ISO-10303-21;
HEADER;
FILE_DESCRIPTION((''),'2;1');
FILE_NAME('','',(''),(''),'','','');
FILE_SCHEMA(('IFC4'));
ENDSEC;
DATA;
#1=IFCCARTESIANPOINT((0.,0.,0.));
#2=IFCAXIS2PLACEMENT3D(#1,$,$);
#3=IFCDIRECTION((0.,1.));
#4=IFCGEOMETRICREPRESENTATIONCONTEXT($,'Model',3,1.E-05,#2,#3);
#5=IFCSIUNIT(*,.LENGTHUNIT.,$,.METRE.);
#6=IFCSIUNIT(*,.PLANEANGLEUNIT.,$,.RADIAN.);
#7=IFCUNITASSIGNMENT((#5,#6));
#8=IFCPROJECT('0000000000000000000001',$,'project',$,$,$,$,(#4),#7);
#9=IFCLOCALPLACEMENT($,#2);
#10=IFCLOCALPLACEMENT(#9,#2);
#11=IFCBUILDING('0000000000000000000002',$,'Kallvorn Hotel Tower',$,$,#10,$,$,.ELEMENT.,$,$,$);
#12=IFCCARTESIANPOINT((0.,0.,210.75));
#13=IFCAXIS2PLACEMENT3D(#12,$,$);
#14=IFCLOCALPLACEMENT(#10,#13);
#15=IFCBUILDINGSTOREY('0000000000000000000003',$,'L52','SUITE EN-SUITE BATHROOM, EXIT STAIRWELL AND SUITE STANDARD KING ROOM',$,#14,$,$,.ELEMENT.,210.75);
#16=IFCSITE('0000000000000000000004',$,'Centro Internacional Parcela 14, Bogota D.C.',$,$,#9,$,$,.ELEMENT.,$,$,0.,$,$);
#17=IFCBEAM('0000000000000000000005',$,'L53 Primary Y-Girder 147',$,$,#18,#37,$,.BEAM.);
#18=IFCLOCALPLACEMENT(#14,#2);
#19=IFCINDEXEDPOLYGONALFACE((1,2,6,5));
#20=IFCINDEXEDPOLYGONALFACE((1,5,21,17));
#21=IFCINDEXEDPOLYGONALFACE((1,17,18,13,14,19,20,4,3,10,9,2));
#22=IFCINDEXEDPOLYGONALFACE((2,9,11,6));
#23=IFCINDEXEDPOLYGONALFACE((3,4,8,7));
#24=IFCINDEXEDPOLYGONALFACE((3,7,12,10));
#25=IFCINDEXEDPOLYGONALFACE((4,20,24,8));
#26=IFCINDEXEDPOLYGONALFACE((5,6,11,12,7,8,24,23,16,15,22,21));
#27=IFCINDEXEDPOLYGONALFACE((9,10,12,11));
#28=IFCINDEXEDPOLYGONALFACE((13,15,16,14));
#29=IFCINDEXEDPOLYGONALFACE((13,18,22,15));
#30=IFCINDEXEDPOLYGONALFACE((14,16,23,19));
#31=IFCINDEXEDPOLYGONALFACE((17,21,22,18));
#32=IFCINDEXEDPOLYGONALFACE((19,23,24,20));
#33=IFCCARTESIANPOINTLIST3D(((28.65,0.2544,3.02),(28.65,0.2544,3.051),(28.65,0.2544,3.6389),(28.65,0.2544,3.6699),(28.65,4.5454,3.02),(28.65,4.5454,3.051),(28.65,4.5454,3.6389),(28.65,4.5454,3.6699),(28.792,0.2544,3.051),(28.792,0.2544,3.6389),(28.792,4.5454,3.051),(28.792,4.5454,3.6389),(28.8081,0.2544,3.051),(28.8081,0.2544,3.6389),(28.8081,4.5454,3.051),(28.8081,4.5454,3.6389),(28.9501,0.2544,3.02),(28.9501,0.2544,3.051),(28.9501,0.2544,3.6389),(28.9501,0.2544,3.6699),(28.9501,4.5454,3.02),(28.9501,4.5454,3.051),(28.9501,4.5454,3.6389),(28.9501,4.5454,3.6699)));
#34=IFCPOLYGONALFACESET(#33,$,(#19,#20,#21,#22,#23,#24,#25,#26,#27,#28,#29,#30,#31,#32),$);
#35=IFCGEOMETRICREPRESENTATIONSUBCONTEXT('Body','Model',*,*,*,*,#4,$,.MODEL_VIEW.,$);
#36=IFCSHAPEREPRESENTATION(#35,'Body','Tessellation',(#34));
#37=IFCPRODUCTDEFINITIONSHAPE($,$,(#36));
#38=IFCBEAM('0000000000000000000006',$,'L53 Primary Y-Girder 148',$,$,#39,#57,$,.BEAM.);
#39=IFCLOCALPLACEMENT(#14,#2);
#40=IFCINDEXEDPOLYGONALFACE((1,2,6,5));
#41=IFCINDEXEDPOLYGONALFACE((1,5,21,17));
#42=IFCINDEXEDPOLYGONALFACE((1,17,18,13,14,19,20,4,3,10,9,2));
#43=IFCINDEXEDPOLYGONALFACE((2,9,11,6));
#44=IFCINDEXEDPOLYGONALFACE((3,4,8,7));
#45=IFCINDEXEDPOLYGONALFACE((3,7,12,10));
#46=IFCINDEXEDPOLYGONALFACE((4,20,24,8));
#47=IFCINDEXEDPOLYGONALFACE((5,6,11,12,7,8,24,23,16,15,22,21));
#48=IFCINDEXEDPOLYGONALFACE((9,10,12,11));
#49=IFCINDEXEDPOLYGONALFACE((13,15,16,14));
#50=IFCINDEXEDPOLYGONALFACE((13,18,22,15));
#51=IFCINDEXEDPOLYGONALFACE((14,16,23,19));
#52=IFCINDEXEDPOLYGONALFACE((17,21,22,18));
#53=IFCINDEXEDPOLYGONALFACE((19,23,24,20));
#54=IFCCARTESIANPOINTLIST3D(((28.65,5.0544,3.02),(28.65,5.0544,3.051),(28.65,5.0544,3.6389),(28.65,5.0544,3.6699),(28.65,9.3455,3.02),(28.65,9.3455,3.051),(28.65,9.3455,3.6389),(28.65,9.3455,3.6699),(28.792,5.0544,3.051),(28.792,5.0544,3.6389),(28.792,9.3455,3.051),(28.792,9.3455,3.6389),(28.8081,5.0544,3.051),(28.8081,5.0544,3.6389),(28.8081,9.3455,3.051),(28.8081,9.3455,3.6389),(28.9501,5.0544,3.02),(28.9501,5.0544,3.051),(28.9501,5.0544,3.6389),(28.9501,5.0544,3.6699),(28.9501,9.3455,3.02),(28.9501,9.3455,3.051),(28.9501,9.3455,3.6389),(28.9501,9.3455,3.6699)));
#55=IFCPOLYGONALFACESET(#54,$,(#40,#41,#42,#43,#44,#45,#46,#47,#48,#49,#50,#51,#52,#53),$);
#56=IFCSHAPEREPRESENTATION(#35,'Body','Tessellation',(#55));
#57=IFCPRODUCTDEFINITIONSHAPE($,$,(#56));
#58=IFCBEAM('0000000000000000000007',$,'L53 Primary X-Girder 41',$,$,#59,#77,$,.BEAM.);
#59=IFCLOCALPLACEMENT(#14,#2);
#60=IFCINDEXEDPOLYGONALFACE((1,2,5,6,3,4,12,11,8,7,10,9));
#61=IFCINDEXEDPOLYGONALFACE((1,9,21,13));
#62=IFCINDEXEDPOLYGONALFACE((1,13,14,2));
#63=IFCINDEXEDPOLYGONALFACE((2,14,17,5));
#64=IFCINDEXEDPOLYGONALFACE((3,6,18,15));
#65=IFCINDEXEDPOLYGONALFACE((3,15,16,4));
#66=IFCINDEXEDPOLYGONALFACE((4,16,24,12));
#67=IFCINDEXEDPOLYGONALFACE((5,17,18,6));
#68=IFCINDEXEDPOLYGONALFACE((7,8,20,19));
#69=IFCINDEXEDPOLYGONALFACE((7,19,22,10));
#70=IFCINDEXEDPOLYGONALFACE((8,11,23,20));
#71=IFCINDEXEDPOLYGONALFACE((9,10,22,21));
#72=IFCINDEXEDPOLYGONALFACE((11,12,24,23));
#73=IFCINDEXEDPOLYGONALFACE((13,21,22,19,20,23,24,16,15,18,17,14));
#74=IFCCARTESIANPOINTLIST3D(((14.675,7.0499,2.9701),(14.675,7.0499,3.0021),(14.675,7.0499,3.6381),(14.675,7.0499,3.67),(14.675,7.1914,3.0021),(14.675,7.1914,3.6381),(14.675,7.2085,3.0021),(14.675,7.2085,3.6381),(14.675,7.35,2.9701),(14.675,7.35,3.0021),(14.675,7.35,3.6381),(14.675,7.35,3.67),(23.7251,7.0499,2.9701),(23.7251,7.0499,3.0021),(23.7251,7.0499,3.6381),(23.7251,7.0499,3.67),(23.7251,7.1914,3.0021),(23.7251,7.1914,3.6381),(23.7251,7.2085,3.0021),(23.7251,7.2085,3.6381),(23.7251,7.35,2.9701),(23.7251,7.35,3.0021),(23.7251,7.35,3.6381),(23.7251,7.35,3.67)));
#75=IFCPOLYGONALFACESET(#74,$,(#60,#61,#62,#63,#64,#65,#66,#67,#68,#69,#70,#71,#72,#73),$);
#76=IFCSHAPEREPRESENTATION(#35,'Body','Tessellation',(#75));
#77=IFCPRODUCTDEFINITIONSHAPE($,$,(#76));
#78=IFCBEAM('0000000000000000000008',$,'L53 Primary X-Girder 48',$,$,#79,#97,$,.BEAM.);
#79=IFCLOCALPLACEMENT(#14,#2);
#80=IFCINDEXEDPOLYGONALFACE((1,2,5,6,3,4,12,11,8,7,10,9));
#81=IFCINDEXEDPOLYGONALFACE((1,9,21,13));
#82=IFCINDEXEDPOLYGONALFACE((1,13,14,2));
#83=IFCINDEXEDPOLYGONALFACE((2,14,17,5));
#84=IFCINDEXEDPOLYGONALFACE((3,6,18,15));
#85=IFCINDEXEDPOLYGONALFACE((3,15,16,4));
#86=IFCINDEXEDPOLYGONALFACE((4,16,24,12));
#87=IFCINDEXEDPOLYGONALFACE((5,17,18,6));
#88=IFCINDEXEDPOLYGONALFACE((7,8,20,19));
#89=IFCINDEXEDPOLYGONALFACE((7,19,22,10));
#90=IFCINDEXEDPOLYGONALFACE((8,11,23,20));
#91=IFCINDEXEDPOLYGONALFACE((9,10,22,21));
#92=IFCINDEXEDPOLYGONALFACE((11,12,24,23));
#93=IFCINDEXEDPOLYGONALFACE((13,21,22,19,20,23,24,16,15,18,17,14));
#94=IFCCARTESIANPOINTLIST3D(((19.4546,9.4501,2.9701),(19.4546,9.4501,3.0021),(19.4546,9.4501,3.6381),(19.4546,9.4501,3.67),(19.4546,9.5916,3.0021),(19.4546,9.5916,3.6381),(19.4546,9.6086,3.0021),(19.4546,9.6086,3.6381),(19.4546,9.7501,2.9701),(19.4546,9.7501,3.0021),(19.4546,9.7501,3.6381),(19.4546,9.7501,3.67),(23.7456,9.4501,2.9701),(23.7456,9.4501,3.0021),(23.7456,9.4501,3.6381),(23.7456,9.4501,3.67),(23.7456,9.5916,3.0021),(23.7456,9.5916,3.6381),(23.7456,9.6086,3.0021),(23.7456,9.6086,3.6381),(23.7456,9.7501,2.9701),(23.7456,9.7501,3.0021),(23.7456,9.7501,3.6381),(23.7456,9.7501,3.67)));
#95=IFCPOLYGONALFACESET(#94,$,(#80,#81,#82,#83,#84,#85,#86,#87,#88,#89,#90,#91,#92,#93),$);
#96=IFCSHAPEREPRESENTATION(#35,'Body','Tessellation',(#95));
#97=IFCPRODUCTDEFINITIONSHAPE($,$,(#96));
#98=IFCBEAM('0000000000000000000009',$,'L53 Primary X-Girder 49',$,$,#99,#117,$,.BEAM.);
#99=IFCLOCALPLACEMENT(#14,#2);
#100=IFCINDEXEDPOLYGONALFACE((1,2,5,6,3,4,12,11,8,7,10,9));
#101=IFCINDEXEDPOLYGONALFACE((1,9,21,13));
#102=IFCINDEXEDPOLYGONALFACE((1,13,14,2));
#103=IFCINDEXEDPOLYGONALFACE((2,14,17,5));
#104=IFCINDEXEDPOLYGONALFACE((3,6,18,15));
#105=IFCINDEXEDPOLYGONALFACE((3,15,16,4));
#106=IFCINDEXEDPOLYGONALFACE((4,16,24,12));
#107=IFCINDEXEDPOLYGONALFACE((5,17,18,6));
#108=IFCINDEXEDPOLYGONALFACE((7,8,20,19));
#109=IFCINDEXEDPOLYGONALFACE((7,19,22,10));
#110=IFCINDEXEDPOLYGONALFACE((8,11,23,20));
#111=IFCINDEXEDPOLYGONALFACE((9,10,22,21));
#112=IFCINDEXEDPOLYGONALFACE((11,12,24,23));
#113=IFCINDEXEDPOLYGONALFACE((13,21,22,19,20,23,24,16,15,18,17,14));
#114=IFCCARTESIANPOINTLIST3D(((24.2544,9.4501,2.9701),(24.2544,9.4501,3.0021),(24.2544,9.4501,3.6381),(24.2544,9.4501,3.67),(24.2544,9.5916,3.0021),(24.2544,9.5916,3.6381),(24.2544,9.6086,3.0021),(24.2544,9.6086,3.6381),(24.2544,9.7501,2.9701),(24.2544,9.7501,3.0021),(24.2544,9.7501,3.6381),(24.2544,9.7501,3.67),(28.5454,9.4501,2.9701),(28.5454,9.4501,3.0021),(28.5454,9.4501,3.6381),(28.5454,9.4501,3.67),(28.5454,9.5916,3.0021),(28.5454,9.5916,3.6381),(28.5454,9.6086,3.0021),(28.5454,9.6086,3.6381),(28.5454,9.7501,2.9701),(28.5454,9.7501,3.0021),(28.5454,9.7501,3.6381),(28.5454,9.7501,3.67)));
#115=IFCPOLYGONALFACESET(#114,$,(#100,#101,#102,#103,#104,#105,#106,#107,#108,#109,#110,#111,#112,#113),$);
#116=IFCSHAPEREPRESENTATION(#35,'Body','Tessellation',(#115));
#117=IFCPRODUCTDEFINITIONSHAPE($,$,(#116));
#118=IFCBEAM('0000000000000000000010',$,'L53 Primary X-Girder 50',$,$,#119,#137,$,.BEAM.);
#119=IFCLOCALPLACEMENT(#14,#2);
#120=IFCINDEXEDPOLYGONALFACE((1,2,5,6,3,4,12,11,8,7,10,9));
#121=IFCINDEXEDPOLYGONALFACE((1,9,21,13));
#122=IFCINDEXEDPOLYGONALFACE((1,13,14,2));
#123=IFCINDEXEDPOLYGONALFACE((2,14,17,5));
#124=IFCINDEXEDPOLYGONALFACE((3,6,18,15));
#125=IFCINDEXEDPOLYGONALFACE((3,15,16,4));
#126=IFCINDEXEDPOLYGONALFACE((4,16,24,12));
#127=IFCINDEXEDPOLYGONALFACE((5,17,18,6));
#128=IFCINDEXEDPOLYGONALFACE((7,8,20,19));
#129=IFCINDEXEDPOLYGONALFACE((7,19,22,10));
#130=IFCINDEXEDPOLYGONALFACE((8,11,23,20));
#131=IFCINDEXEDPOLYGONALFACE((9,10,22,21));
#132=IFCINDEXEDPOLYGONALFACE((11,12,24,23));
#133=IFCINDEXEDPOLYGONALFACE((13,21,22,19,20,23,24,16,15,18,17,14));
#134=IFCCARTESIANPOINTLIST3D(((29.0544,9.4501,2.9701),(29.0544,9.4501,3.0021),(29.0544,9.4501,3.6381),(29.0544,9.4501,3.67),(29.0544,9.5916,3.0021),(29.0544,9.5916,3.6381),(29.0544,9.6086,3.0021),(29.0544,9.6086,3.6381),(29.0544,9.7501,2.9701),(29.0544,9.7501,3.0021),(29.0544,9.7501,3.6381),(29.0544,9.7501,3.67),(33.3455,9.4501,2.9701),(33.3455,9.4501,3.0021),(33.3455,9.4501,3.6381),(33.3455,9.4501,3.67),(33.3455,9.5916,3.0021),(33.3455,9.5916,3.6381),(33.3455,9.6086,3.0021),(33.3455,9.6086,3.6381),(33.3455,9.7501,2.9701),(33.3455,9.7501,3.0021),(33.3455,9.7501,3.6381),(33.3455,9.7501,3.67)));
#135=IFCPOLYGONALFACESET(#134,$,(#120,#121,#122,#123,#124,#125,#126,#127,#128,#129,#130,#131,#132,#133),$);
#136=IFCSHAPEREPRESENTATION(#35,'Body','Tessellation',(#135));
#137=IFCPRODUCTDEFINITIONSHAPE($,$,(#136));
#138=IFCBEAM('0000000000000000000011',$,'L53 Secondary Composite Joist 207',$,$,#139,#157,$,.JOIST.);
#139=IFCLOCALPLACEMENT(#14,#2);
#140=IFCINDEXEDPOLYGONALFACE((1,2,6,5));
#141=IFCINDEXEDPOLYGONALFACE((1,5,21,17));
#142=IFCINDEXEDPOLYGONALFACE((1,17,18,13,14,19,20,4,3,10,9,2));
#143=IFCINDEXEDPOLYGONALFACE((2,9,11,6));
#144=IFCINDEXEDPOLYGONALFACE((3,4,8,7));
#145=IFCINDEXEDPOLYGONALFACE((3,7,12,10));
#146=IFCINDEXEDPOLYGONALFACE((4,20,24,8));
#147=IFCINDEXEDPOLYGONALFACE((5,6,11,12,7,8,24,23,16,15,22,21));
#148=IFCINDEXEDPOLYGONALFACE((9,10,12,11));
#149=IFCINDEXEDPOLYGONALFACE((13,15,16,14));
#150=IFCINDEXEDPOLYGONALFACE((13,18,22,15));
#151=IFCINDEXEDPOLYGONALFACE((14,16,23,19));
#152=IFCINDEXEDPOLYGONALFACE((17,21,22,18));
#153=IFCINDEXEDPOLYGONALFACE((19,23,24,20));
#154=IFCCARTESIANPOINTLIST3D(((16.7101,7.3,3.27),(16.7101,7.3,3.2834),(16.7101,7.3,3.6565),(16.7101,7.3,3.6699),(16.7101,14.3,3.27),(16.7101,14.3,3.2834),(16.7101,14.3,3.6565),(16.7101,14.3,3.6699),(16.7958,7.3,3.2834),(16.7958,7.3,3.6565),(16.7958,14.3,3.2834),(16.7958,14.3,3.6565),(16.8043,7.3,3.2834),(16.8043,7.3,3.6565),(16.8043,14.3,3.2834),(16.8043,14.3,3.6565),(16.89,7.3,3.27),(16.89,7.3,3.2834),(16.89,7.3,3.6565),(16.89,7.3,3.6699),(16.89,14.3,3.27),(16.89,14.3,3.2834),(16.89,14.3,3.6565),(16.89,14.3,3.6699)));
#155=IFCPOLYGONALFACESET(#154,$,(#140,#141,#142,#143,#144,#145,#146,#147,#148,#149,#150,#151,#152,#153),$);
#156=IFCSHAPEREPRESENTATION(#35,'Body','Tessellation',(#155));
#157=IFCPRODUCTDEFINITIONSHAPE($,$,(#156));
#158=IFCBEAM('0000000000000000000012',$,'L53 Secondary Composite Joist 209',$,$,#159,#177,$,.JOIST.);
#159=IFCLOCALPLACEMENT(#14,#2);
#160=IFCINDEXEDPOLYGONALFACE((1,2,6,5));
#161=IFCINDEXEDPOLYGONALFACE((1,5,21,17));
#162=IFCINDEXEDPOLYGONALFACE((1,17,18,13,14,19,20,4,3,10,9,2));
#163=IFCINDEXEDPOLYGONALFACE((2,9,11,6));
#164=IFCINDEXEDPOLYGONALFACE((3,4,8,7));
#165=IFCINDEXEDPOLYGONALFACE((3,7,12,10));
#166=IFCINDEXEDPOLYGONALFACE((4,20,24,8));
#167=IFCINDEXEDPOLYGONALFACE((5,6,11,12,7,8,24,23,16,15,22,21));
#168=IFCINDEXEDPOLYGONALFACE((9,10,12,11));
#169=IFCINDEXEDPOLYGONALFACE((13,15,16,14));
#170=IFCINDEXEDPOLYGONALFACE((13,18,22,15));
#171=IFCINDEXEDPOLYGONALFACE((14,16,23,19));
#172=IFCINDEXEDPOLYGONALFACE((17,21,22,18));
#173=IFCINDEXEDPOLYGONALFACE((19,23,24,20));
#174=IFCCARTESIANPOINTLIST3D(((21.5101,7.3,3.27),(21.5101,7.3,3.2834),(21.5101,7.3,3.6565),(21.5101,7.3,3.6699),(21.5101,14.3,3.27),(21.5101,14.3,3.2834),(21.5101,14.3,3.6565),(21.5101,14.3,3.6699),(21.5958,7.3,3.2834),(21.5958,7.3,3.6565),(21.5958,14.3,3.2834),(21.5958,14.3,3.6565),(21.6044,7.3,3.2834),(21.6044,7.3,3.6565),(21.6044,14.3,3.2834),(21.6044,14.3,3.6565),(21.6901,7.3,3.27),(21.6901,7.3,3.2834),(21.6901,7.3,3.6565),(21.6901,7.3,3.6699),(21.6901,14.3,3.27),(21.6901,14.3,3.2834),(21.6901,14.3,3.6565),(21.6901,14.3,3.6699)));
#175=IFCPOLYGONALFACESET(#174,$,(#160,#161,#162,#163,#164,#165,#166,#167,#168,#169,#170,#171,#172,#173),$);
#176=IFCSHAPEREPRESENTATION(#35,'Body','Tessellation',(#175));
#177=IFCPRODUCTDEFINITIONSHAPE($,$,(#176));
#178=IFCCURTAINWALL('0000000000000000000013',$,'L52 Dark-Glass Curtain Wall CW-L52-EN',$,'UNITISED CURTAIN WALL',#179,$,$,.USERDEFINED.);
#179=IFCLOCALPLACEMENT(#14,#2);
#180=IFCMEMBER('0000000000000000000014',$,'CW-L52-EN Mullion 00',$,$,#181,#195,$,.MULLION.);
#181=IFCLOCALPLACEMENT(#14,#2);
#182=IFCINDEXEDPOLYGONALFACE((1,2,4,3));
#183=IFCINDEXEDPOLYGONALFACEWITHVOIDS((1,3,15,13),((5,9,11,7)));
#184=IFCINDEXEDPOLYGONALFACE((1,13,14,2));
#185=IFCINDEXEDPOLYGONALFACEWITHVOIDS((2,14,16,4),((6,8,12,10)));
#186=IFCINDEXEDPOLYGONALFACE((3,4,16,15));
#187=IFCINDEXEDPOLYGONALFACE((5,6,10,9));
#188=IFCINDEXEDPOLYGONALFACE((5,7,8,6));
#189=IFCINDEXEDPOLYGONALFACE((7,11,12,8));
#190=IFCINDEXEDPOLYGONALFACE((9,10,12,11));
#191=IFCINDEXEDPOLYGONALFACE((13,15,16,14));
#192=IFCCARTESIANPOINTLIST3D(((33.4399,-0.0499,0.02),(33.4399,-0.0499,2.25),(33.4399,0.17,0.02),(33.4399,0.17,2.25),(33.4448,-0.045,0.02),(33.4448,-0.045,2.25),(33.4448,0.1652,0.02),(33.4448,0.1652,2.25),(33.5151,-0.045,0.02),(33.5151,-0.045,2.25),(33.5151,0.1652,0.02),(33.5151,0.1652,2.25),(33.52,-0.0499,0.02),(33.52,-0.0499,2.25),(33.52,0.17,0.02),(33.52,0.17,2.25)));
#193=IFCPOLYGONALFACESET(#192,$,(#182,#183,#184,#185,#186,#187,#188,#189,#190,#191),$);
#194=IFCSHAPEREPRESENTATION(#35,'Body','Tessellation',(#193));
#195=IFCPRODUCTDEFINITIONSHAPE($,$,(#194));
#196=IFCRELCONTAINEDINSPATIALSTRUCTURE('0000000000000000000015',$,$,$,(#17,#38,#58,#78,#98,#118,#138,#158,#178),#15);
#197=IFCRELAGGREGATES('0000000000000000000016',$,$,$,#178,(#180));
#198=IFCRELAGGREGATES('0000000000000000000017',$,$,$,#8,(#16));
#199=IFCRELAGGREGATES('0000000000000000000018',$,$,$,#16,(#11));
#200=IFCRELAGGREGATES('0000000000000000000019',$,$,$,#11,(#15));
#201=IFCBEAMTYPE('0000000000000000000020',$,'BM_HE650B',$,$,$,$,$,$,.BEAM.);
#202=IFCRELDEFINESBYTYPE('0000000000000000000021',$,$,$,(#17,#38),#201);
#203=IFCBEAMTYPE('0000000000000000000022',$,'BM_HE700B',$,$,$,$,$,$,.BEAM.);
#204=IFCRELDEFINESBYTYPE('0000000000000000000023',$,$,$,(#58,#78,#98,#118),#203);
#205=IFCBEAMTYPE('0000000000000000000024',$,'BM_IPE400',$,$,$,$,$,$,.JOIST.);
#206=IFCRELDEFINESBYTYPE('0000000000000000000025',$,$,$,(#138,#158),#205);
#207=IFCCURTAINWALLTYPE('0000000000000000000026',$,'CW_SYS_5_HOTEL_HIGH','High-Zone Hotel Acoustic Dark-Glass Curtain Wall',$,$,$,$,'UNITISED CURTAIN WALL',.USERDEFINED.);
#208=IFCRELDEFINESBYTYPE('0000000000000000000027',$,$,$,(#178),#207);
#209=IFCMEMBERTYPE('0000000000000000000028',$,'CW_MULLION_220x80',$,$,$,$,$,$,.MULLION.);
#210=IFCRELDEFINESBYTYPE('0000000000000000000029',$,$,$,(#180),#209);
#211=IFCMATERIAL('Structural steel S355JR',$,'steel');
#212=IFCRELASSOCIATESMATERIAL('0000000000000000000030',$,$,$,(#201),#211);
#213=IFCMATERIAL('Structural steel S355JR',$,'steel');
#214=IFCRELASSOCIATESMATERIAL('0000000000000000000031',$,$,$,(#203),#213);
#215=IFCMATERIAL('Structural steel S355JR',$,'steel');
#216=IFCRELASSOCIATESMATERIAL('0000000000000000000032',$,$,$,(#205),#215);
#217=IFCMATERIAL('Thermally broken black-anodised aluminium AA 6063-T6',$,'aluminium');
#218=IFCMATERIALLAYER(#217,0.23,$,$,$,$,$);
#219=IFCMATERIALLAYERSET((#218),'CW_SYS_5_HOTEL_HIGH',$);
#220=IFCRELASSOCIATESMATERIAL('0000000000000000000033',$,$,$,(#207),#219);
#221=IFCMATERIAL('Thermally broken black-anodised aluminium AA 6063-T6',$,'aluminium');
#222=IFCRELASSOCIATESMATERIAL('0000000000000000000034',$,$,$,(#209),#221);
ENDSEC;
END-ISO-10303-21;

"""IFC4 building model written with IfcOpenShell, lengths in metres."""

from ifc_helpers import new_model, si_unit, direction, frame, origin, origin_2d, place, context, subcontext, project, spatial, hollow_rectangle, i_section, extrude, material, layer, layer_set, material_profile, profile_set, type_object, element, aggregate, save


model = new_model("IFC4")

# Units and contexts
model_context = context("Model", 3, precision=1e-05, world=origin(), true_north=direction((0.0, 1.0)))
body_context = subcontext(model_context, "Body", "Model", "MODEL_VIEW")
ifc_project = project(units=[si_unit("LENGTHUNIT", "METRE"), si_unit("PLANEANGLEUNIT", "RADIAN")], contexts=[model_context])

# Site, building, storey
site_placement = place(None, origin())
site = spatial("IfcSite", under=ifc_project, at=site_placement, Name="Centro Internacional Parcela 14, Bogota D.C.", CompositionType="ELEMENT", RefElevation=0.0)
building_placement = place(site_placement, origin())
building = spatial("IfcBuilding", under=site, at=building_placement, Name="Kallvorn Hotel Tower", CompositionType="ELEMENT")
storey_placement = place(building_placement, frame((0.0, 0.0, 210.75)))
storey = spatial("IfcBuildingStorey", under=building, at=storey_placement, Name="L52", Description="SUITE EN-SUITE BATHROOM, EXIT STAIRWELL AND SUITE STANDARD KING ROOM", CompositionType="ELEMENT", Elevation=210.75)

# Beams
ifc_material_1 = material(Name="Structural steel S355JR", Category="steel")
ifc_material_profile_1 = material_profile(ifc_material_1, i_section(OverallWidth=0.3, OverallDepth=0.6499, WebThickness=0.0161, FlangeThickness=0.031, at=origin_2d()), Name="HE 650 B")
ifc_profile_set_1 = profile_set([ifc_material_profile_1], Name="Structural steel S355JR")
beam_type_1 = type_object("IfcBeamType", Name="BM_HE650B", PredefinedType="BEAM", material=ifc_profile_set_1)
for number, where, z_axis, x_axis, name in (
    (1, (28.8, 0.2544, 3.345), (0.0, 1.0, 0.0), (-1.0, 0.0, 0.0), "L53 Primary Y-Girder 147"),
    (2, (28.8, 5.0544, 3.345), (0.0, 1.0, 0.0), (-1.0, 0.0, 0.0), "L53 Primary Y-Girder 148"),
):
    element("IfcBeam", number, at=place(storey_placement, frame(where, z_axis=z_axis, x_axis=x_axis)), inside=storey, type_object=beam_type_1, Name=name, PredefinedType="BEAM", context=body_context, shape_type="SweptSolid", body=[
        extrude(i_section(OverallWidth=0.3, OverallDepth=0.6499, WebThickness=0.0161, FlangeThickness=0.031, at=origin_2d()), origin(), (0.0, 0.0, 1.0), 4.291),
    ])
ifc_material_2 = material(Name="Structural steel S355JR", Category="steel")
ifc_material_profile_2 = material_profile(ifc_material_2, i_section(OverallWidth=0.3, OverallDepth=0.7, WebThickness=0.0171, FlangeThickness=0.032, at=origin_2d()), Name="HE 700 B")
ifc_profile_set_2 = profile_set([ifc_material_profile_2], Name="Structural steel S355JR")
beam_type_2 = type_object("IfcBeamType", Name="BM_HE700B", PredefinedType="BEAM", material=ifc_profile_set_2)
beam_1_placement = place(storey_placement, frame((14.675, 7.2, 3.3201), z_axis=(1.0, 0.0, 0.0), x_axis=(0.0, 1.0, 0.0)))
element("IfcBeam", 3, at=beam_1_placement, inside=storey, type_object=beam_type_2, Name="L53 Primary X-Girder 41", PredefinedType="BEAM", context=body_context, shape_type="SweptSolid", body=[
    extrude(i_section(OverallWidth=0.3, OverallDepth=0.7, WebThickness=0.0171, FlangeThickness=0.032, at=origin_2d()), origin(), (0.0, 0.0, 1.0), 9.05),
])
for number, where, z_axis, x_axis, name in (
    (4, (19.4546, 9.6001, 3.3201), (1.0, 0.0, 0.0), (0.0, 1.0, 0.0), "L53 Primary X-Girder 48"),
    (5, (24.2544, 9.6001, 3.3201), (1.0, 0.0, 0.0), (0.0, 1.0, 0.0), "L53 Primary X-Girder 49"),
    (6, (29.0544, 9.6001, 3.3201), (1.0, 0.0, 0.0), (0.0, 1.0, 0.0), "L53 Primary X-Girder 50"),
):
    element("IfcBeam", number, at=place(storey_placement, frame(where, z_axis=z_axis, x_axis=x_axis)), inside=storey, type_object=beam_type_2, Name=name, PredefinedType="BEAM", context=body_context, shape_type="SweptSolid", body=[
        extrude(i_section(OverallWidth=0.3, OverallDepth=0.7, WebThickness=0.0171, FlangeThickness=0.032, at=origin_2d()), origin(), (0.0, 0.0, 1.0), 4.291),
    ])
ifc_material_3 = material(Name="Structural steel S355JR", Category="steel")
ifc_material_profile_3 = material_profile(ifc_material_3, i_section(OverallWidth=0.1799, OverallDepth=0.3999, WebThickness=0.0085, FlangeThickness=0.0134, at=origin_2d()), Name="IPE 400")
ifc_profile_set_3 = profile_set([ifc_material_profile_3], Name="Structural steel S355JR")
beam_type_3 = type_object("IfcBeamType", Name="BM_IPE400", PredefinedType="JOIST", material=ifc_profile_set_3)
for number, where, z_axis, x_axis, name in (
    (7, (16.8, 7.3, 3.47), (0.0, 1.0, 0.0), (-1.0, 0.0, 0.0), "L53 Secondary Composite Joist 207"),
    (8, (21.6001, 7.3, 3.47), (0.0, 1.0, 0.0), (-1.0, 0.0, 0.0), "L53 Secondary Composite Joist 209"),
):
    element("IfcBeam", number, at=place(storey_placement, frame(where, z_axis=z_axis, x_axis=x_axis)), inside=storey, type_object=beam_type_3, Name=name, PredefinedType="JOIST", context=body_context, shape_type="SweptSolid", body=[
        extrude(i_section(OverallWidth=0.1799, OverallDepth=0.3999, WebThickness=0.0085, FlangeThickness=0.0134, at=origin_2d()), origin(), (0.0, 0.0, 1.0), 7.0),
    ])

# Curtain wall, member
ifc_material_4 = material(Name="Thermally broken black-anodised aluminium AA 6063-T6", Category="aluminium")
ifc_layer_1 = layer(ifc_material_4, 0.23)
ifc_layer_set_1 = layer_set([ifc_layer_1], Name="CW_SYS_5_HOTEL_HIGH")
curtain_wall_type = type_object("IfcCurtainWallType", Name="CW_SYS_5_HOTEL_HIGH", Description="High-Zone Hotel Acoustic Dark-Glass Curtain Wall", ElementType="UNITISED CURTAIN WALL", PredefinedType="USERDEFINED", material=ifc_layer_set_1)
curtain_wall_placement = place(storey_placement, origin())
curtain_wall = element("IfcCurtainWall", 9, at=curtain_wall_placement, inside=storey, type_object=curtain_wall_type, Name="L52 Dark-Glass Curtain Wall CW-L52-EN", ObjectType="UNITISED CURTAIN WALL", PredefinedType="USERDEFINED")
ifc_material_5 = material(Name="Thermally broken black-anodised aluminium AA 6063-T6", Category="aluminium")
ifc_material_profile_4 = material_profile(ifc_material_5, hollow_rectangle(XDim=0.0801, YDim=0.22, WallThickness=0.0049, at=origin_2d()), Name="MUL 220x80")
ifc_profile_set_4 = profile_set([ifc_material_profile_4], Name="Thermally broken black-anodised aluminium AA 6063-T6")
member_type_1 = type_object("IfcMemberType", Name="CW_MULLION_220x80", PredefinedType="MULLION", material=ifc_profile_set_4)
member_1_placement = place(storey_placement, frame((33.48, 0.0601, 0.02), z_axis=(0.0, 0.0, 1.0), x_axis=(1.0, 0.0, 0.0)))
member_1 = element("IfcMember", 10, at=member_1_placement, type_object=member_type_1, Name="CW-L52-EN Mullion 00", PredefinedType="MULLION", context=body_context, shape_type="SweptSolid", body=[
    extrude(hollow_rectangle(XDim=0.0801, YDim=0.22, WallThickness=0.0049, at=origin_2d()), origin(), (0.0, 0.0, 1.0), 2.23),
])
aggregate(curtain_wall, [member_1])

save(model, "model.ifc")
